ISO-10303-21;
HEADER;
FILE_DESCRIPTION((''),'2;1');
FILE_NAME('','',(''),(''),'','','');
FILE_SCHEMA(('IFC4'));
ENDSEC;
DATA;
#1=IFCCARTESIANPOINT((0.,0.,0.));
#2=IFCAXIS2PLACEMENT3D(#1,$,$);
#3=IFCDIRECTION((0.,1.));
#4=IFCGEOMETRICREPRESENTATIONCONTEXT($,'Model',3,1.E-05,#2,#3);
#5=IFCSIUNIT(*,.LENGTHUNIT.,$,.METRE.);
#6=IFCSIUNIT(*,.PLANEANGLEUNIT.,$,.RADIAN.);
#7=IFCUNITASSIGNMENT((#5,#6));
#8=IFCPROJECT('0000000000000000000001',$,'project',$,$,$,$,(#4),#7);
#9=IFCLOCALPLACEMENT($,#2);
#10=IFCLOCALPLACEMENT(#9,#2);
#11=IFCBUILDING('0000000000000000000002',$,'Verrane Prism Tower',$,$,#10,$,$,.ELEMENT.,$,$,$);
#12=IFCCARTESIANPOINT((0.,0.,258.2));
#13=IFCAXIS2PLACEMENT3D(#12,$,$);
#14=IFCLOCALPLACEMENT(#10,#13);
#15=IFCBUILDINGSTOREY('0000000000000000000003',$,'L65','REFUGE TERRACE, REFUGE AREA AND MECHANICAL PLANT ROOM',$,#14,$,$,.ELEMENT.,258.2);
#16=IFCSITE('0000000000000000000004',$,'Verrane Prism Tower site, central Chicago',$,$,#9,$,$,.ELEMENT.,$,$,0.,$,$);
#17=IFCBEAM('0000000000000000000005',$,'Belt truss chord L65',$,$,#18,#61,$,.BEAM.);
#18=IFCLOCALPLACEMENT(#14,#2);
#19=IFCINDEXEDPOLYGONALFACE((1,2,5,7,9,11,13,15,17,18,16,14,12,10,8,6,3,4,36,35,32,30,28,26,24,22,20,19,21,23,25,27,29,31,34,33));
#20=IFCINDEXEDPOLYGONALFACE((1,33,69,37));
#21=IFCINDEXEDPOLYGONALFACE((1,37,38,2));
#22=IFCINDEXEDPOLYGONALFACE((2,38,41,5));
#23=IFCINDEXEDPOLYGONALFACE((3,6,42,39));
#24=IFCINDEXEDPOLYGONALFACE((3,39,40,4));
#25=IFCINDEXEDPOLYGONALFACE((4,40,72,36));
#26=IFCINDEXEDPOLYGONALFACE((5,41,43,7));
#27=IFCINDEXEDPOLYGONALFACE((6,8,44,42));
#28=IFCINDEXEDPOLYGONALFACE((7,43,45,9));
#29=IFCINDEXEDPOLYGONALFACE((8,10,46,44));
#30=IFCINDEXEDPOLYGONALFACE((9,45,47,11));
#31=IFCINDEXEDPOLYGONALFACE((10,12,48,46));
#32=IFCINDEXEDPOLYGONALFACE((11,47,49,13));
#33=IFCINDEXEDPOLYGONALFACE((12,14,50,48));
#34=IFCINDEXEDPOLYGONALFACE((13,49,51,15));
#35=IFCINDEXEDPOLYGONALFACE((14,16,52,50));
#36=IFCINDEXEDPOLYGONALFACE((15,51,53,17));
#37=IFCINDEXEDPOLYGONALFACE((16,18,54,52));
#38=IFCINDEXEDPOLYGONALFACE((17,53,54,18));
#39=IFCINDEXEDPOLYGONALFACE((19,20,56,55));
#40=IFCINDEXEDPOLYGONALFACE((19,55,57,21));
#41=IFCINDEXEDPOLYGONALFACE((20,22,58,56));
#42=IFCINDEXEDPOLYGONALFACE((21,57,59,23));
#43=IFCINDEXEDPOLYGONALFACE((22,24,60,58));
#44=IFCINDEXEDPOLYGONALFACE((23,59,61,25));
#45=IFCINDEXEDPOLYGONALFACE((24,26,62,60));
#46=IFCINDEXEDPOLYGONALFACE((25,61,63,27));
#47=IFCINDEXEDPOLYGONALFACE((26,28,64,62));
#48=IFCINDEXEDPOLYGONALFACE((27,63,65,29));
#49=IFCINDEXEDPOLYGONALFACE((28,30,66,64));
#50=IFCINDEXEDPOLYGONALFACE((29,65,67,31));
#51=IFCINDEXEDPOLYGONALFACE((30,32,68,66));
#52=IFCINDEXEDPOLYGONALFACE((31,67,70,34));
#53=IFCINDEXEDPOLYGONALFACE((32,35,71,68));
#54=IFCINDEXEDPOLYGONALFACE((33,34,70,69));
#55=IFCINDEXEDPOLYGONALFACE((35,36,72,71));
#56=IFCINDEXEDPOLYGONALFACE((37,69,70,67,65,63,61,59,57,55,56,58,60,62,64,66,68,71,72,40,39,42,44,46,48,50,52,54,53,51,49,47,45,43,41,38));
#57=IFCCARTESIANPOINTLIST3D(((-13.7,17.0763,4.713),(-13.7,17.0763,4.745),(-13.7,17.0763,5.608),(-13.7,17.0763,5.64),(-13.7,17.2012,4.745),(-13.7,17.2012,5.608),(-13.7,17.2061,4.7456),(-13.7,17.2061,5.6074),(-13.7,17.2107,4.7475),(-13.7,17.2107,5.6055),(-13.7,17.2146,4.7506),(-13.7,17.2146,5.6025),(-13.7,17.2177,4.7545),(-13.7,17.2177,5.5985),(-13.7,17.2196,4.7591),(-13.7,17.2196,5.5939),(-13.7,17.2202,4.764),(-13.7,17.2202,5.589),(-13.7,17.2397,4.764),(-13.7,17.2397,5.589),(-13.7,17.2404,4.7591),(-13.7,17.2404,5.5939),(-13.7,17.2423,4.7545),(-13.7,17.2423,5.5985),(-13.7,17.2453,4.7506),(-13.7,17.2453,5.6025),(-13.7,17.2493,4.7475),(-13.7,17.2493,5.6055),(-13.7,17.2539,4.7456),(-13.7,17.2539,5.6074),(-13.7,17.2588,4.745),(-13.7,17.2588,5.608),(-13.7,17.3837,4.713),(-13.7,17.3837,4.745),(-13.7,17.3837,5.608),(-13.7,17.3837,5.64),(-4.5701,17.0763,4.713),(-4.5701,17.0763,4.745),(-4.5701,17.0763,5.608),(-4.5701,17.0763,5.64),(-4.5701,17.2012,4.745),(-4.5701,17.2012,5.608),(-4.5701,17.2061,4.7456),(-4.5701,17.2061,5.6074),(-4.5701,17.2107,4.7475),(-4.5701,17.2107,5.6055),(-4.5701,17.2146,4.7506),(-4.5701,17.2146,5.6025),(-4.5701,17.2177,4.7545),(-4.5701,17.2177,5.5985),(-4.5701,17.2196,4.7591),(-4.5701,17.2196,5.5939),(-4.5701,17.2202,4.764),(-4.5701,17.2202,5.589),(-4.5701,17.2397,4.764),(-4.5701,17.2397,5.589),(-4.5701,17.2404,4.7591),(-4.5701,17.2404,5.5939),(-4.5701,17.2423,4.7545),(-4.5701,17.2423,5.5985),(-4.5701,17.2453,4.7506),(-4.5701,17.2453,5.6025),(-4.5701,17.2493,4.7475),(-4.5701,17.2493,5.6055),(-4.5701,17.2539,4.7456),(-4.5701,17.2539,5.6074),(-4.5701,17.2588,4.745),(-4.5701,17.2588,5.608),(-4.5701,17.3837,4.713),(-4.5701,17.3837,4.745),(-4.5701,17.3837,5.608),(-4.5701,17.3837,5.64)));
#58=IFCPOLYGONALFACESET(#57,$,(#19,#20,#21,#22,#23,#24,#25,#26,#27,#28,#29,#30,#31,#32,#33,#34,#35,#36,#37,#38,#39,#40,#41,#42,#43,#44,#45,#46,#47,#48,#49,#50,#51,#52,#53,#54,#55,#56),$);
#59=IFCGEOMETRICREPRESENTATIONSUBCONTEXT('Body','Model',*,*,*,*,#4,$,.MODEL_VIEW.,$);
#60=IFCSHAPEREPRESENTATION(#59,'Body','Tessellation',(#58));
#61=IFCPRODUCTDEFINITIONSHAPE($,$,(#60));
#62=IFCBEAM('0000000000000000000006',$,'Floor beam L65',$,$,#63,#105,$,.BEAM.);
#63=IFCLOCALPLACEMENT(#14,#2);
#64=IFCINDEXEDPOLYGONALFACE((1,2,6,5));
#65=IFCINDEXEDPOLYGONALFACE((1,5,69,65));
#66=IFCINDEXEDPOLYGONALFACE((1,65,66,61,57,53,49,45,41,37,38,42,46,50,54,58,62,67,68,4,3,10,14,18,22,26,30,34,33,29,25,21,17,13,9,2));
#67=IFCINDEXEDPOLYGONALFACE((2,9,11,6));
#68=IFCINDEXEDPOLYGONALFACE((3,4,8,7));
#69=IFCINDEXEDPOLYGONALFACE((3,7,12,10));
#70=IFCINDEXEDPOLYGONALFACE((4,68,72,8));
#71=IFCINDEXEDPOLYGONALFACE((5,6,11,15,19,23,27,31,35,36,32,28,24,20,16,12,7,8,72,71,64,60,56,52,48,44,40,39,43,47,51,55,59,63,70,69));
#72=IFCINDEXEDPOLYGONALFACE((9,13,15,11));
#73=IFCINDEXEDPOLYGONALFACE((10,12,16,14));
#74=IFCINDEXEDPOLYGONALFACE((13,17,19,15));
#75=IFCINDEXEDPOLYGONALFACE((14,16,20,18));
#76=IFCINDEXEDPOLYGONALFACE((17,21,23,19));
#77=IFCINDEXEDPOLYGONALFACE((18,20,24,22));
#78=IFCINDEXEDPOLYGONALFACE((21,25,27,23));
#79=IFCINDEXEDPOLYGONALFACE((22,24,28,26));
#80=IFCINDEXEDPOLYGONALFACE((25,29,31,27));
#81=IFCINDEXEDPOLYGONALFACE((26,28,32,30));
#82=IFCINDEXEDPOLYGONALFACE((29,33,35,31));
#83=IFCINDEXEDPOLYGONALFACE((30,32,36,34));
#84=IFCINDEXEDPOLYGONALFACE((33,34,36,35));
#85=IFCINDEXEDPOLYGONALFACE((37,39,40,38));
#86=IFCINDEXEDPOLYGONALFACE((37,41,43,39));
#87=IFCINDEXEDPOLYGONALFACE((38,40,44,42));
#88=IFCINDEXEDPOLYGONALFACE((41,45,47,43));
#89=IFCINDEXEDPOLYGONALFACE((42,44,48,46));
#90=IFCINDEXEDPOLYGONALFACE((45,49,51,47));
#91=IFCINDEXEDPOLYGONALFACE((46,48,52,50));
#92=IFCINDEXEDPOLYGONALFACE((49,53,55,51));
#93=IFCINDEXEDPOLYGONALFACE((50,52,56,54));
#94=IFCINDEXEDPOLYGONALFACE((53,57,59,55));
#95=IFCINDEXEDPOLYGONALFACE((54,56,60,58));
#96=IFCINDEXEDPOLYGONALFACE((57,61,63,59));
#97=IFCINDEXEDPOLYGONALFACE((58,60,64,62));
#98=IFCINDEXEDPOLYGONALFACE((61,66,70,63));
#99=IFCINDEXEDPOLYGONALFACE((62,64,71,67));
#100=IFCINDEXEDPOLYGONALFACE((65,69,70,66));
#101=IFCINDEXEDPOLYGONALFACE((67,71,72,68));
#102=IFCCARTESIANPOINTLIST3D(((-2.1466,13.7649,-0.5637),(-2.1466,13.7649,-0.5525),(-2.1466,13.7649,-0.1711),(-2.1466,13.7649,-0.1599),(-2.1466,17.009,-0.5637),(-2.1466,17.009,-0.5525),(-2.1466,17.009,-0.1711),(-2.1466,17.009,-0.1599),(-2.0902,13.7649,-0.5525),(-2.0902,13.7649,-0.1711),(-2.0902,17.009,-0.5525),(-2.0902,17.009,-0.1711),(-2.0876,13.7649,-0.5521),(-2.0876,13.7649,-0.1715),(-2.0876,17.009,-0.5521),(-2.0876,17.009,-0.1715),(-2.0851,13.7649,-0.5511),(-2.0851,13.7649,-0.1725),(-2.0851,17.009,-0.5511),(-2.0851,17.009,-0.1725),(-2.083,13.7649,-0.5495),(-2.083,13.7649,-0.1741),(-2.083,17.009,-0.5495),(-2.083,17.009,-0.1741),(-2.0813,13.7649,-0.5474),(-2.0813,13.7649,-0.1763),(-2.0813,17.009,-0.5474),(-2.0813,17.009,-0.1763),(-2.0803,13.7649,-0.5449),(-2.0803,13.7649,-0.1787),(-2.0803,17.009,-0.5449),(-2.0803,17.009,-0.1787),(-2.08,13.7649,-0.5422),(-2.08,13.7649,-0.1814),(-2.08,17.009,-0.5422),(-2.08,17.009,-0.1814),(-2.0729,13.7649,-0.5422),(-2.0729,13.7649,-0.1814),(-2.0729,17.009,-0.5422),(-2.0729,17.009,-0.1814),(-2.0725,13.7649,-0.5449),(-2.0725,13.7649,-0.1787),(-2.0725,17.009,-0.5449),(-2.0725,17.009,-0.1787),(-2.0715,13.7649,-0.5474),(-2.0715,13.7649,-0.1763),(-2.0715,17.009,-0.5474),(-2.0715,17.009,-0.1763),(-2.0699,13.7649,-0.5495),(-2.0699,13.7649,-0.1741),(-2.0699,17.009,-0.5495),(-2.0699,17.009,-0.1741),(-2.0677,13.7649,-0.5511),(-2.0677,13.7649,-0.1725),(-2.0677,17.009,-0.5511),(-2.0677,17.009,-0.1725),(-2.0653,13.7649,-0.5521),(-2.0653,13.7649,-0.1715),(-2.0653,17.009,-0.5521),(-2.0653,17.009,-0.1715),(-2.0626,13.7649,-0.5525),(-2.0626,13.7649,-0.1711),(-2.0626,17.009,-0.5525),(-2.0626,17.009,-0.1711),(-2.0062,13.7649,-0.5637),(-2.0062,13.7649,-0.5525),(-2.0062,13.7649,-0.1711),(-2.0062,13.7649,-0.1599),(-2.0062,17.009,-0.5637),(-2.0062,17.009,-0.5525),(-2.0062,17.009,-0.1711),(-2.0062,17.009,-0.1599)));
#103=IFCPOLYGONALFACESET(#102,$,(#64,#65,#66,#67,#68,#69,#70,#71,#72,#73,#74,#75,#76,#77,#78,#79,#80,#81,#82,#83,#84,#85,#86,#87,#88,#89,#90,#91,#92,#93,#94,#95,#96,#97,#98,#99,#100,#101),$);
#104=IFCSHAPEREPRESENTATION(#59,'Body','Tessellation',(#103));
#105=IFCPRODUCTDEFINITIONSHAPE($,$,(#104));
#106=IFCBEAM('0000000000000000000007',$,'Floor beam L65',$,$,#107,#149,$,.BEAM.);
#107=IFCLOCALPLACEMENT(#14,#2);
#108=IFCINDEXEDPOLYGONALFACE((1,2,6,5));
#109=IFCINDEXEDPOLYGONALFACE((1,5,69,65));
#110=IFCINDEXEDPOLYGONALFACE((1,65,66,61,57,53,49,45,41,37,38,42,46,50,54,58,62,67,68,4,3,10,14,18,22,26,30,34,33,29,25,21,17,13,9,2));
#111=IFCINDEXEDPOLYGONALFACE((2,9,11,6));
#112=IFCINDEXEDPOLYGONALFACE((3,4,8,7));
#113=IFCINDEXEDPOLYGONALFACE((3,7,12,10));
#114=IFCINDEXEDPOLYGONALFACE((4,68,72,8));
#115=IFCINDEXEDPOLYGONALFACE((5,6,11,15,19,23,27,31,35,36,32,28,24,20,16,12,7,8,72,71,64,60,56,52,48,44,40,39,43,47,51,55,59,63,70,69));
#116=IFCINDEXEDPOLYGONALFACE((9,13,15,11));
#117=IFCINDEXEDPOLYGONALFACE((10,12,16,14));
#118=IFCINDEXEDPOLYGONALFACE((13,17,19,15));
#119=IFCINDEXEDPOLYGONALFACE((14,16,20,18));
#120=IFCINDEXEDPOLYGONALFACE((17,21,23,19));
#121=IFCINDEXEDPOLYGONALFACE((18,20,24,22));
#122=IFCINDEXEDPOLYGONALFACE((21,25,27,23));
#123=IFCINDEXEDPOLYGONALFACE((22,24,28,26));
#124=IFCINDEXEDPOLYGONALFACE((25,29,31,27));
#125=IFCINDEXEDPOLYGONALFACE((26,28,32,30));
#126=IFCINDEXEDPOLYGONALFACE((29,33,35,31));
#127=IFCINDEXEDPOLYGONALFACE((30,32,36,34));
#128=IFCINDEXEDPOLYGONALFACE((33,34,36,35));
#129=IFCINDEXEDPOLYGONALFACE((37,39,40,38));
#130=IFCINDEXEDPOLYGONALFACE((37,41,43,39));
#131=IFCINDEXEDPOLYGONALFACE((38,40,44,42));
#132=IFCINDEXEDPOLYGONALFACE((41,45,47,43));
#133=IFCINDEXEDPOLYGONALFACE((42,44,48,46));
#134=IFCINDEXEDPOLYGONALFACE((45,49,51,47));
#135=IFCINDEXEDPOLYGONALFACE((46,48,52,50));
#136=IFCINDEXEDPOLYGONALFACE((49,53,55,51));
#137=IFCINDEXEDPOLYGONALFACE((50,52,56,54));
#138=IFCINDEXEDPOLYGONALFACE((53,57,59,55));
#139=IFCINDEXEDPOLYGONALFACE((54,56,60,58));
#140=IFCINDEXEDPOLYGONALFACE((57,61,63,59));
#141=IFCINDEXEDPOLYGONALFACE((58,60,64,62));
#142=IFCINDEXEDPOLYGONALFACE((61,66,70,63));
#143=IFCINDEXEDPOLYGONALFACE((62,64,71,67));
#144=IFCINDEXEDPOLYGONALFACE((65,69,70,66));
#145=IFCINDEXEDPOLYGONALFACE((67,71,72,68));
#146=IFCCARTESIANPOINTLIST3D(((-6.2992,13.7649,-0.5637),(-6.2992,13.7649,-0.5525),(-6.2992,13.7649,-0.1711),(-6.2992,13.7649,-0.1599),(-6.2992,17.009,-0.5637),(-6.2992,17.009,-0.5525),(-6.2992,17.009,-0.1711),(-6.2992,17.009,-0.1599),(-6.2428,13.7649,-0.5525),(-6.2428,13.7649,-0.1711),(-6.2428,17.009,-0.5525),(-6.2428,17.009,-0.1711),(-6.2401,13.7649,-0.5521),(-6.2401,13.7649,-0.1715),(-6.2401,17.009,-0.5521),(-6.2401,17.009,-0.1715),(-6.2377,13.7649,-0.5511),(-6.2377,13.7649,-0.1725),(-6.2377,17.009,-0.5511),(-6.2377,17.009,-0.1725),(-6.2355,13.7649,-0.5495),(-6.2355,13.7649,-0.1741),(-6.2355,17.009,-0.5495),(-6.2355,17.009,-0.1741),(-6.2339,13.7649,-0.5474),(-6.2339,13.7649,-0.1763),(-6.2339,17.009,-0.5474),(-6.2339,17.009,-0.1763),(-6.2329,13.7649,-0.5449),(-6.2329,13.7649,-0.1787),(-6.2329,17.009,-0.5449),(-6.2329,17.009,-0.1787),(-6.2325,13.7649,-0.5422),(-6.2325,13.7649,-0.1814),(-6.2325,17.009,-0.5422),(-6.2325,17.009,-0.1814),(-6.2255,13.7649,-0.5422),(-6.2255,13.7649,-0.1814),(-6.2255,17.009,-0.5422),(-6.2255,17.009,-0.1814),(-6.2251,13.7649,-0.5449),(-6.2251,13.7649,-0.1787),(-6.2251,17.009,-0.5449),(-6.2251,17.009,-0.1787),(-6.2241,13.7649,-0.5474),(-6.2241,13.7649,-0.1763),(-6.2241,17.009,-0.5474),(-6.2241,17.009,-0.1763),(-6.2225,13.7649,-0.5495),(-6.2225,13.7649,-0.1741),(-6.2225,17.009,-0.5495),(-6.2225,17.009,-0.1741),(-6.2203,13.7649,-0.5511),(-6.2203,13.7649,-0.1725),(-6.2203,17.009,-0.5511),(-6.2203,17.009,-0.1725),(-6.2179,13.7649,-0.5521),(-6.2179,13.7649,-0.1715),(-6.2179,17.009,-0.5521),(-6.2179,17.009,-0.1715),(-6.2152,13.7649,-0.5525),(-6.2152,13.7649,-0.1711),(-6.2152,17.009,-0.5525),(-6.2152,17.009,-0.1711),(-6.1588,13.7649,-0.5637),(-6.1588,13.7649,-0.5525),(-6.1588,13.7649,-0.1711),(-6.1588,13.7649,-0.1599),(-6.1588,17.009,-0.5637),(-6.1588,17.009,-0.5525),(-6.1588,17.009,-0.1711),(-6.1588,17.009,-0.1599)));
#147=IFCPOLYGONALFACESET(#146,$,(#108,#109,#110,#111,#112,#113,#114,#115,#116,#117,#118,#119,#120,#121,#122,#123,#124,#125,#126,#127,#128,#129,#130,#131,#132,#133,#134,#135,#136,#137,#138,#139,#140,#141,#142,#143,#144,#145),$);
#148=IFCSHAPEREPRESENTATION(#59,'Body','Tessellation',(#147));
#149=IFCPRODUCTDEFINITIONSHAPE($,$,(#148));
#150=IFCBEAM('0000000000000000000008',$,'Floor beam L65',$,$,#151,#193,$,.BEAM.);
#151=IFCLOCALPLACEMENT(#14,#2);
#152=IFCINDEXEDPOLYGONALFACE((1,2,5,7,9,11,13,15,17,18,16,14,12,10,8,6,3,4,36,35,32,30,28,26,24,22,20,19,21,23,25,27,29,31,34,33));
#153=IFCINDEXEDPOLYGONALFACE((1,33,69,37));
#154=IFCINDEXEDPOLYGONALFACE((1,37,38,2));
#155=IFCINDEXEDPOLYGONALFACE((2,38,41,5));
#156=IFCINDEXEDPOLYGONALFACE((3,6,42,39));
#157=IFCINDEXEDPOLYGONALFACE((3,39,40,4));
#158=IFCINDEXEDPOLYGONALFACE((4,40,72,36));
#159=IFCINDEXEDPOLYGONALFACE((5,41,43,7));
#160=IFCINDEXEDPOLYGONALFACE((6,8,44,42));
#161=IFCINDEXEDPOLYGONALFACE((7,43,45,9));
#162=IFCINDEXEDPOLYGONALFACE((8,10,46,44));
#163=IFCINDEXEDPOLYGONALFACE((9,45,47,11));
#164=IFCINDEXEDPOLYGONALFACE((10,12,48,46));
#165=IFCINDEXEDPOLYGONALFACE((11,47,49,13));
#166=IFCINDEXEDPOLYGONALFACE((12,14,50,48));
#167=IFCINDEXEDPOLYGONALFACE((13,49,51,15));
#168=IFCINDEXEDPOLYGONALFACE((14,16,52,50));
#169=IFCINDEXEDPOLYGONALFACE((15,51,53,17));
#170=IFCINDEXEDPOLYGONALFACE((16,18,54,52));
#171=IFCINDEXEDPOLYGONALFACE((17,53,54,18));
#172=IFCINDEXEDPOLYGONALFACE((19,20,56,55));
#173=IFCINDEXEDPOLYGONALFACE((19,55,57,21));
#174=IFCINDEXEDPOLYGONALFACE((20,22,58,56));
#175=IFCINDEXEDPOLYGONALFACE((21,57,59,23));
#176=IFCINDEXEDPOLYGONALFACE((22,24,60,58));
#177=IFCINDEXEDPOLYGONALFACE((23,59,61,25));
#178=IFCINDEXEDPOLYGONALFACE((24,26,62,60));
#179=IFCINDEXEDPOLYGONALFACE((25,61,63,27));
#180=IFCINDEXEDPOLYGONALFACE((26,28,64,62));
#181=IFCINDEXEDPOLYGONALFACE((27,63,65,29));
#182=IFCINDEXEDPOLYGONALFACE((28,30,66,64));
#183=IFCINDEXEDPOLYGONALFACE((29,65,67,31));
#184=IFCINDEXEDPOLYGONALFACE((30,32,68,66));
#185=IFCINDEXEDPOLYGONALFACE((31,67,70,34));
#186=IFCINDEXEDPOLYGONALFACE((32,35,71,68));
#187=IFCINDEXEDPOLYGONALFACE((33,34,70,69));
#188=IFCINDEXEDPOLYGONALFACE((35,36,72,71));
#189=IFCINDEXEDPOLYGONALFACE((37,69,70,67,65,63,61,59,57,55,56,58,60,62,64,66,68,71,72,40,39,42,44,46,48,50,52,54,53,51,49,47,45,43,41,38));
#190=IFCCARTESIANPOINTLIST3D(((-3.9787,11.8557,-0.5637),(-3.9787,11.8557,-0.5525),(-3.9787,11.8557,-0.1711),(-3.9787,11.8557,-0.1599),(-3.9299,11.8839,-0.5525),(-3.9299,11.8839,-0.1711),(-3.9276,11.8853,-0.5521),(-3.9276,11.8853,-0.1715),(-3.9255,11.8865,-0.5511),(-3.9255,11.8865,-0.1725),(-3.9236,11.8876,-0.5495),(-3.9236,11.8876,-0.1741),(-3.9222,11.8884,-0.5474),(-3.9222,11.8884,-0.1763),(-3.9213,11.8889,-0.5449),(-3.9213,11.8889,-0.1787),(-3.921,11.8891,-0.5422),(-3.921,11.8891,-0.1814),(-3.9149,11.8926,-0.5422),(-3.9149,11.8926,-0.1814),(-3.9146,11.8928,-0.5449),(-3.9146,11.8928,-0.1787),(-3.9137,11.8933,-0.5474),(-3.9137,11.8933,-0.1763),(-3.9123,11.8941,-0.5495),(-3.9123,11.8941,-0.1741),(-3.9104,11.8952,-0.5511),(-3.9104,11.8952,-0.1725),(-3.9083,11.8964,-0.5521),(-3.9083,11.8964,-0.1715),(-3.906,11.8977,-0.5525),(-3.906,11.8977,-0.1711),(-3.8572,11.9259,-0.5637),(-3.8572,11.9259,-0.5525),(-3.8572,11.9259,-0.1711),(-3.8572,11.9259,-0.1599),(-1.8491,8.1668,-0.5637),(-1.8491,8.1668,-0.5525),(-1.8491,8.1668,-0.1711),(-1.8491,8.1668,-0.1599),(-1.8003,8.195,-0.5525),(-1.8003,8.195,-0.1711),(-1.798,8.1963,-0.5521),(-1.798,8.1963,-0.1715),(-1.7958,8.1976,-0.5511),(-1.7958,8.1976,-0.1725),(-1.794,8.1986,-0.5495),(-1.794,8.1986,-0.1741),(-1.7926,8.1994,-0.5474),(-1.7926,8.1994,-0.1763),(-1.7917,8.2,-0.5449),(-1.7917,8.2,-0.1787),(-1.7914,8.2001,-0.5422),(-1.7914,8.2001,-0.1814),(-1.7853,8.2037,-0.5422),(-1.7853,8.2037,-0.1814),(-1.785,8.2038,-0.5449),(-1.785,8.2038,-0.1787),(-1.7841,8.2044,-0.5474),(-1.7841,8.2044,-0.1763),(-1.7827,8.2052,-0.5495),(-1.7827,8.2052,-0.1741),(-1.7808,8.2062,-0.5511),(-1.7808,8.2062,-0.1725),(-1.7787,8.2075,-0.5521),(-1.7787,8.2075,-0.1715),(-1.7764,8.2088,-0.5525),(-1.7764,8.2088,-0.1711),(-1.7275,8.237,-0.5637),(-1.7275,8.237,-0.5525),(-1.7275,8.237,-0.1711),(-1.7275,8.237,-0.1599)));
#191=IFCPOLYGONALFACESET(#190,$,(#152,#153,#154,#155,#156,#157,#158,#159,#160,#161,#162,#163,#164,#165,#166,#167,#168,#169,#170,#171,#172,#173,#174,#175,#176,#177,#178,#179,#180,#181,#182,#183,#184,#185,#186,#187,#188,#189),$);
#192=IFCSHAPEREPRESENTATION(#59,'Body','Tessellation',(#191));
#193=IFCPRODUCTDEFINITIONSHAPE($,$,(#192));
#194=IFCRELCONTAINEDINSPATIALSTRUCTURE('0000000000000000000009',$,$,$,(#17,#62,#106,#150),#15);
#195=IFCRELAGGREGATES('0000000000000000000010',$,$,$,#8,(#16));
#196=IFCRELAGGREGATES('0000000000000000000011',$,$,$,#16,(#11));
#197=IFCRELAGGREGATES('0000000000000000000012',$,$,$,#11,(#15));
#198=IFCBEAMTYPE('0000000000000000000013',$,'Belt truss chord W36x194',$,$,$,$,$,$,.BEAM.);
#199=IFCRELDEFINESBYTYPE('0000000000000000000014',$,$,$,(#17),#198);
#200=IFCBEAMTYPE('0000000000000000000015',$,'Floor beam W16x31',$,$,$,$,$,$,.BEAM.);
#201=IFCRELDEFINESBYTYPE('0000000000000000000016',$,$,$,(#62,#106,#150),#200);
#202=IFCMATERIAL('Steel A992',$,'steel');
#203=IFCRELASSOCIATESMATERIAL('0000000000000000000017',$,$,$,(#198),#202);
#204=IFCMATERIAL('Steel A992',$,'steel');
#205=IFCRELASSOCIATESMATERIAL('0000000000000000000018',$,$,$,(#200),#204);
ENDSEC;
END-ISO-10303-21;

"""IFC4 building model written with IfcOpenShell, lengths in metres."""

from ifc_helpers import new_model, si_unit, direction, frame, origin, origin_2d, place, context, subcontext, project, spatial, i_section, extrude, material, material_profile, profile_set, type_object, element, save


model = new_model("IFC4")

# Units and contexts
model_context = context("Model", 3, precision=1e-05, world=origin(), true_north=direction((0.0, 1.0)))
body_context = subcontext(model_context, "Body", "Model", "MODEL_VIEW")
ifc_project = project(units=[si_unit("LENGTHUNIT", "METRE"), si_unit("PLANEANGLEUNIT", "RADIAN")], contexts=[model_context])

# Site, building, storey
site_placement = place(None, origin())
site = spatial("IfcSite", under=ifc_project, at=site_placement, Name="Verrane Prism Tower site, central Chicago", CompositionType="ELEMENT", RefElevation=0.0)
building_placement = place(site_placement, origin())
building = spatial("IfcBuilding", under=site, at=building_placement, Name="Verrane Prism Tower", CompositionType="ELEMENT")
storey_placement = place(building_placement, frame((0.0, 0.0, 258.2)))
storey = spatial("IfcBuildingStorey", under=building, at=storey_placement, Name="L65", Description="REFUGE TERRACE, REFUGE AREA AND MECHANICAL PLANT ROOM", CompositionType="ELEMENT", Elevation=258.2)

# Beams
ifc_material_1 = material(Name="Steel A992", Category="steel")
ifc_material_profile_1 = material_profile(ifc_material_1, i_section(OverallWidth=0.3074, OverallDepth=0.927, WebThickness=0.0195, FlangeThickness=0.032, FilletRadius=0.019, at=origin_2d()), Name="W36x194")
ifc_profile_set_1 = profile_set([ifc_material_profile_1], Name="Steel A992")
beam_type_1 = type_object("IfcBeamType", Name="Belt truss chord W36x194", PredefinedType="BEAM", material=ifc_profile_set_1)
beam_1_placement = place(storey_placement, frame((-4.5701, 17.23, 5.1765), z_axis=(-1.0, 0.0, 0.0), x_axis=(0.0, -1.0, 0.0)))
element("IfcBeam", 1, at=beam_1_placement, inside=storey, type_object=beam_type_1, Name="Belt truss chord L65", PredefinedType="BEAM", context=body_context, shape_type="SweptSolid", body=[
    extrude(i_section(OverallWidth=0.3074, OverallDepth=0.927, WebThickness=0.0195, FlangeThickness=0.032, FilletRadius=0.019, at=origin_2d()), origin(), (0.0, 0.0, 1.0), 9.1299),
])
ifc_material_2 = material(Name="Steel A992", Category="steel")
ifc_material_profile_2 = material_profile(ifc_material_2, i_section(OverallWidth=0.1404, OverallDepth=0.4038, WebThickness=0.0071, FlangeThickness=0.0112, FilletRadius=0.0103, at=origin_2d()), Name="W16x31")
ifc_profile_set_2 = profile_set([ifc_material_profile_2], Name="Steel A992")
beam_type_2 = type_object("IfcBeamType", Name="Floor beam W16x31", PredefinedType="BEAM", material=ifc_profile_set_2)
for number, where, z_axis, x_axis, name in (
    (2, (-2.0764, 13.7649, -0.3618), (0.0, 1.0, 0.0), (-1.0, 0.0, 0.0), "Floor beam L65"),
    (3, (-6.229, 13.7649, -0.3618), (0.0, 1.0, 0.0), (-1.0, 0.0, 0.0), "Floor beam L65"),
):
    element("IfcBeam", number, at=place(storey_placement, frame(where, z_axis=z_axis, x_axis=x_axis)), inside=storey, type_object=beam_type_2, Name=name, PredefinedType="BEAM", context=body_context, shape_type="SweptSolid", body=[
        extrude(i_section(OverallWidth=0.1404, OverallDepth=0.4038, WebThickness=0.0071, FlangeThickness=0.0112, FilletRadius=0.0103, at=origin_2d()), origin(), (0.0, 0.0, 1.0), 3.2441),
    ])
for number, where, z_axis, x_axis, name in (
    (4, (-1.7883, 8.2019, -0.3618), (-0.499967, 0.866044, 0.0), (-0.866044, -0.499967, 0.0), "Floor beam L65"),
):
    element("IfcBeam", number, at=place(storey_placement, frame(where, z_axis=z_axis, x_axis=x_axis)), inside=storey, type_object=beam_type_2, Name=name, PredefinedType="BEAM", context=body_context, shape_type="SweptSolid", body=[
        extrude(i_section(OverallWidth=0.1404, OverallDepth=0.4038, WebThickness=0.0071, FlangeThickness=0.0112, FilletRadius=0.0103, at=origin_2d()), origin(), (0.0, 0.0, 1.0), 4.2595),
    ])

save(model, "model.ifc")
